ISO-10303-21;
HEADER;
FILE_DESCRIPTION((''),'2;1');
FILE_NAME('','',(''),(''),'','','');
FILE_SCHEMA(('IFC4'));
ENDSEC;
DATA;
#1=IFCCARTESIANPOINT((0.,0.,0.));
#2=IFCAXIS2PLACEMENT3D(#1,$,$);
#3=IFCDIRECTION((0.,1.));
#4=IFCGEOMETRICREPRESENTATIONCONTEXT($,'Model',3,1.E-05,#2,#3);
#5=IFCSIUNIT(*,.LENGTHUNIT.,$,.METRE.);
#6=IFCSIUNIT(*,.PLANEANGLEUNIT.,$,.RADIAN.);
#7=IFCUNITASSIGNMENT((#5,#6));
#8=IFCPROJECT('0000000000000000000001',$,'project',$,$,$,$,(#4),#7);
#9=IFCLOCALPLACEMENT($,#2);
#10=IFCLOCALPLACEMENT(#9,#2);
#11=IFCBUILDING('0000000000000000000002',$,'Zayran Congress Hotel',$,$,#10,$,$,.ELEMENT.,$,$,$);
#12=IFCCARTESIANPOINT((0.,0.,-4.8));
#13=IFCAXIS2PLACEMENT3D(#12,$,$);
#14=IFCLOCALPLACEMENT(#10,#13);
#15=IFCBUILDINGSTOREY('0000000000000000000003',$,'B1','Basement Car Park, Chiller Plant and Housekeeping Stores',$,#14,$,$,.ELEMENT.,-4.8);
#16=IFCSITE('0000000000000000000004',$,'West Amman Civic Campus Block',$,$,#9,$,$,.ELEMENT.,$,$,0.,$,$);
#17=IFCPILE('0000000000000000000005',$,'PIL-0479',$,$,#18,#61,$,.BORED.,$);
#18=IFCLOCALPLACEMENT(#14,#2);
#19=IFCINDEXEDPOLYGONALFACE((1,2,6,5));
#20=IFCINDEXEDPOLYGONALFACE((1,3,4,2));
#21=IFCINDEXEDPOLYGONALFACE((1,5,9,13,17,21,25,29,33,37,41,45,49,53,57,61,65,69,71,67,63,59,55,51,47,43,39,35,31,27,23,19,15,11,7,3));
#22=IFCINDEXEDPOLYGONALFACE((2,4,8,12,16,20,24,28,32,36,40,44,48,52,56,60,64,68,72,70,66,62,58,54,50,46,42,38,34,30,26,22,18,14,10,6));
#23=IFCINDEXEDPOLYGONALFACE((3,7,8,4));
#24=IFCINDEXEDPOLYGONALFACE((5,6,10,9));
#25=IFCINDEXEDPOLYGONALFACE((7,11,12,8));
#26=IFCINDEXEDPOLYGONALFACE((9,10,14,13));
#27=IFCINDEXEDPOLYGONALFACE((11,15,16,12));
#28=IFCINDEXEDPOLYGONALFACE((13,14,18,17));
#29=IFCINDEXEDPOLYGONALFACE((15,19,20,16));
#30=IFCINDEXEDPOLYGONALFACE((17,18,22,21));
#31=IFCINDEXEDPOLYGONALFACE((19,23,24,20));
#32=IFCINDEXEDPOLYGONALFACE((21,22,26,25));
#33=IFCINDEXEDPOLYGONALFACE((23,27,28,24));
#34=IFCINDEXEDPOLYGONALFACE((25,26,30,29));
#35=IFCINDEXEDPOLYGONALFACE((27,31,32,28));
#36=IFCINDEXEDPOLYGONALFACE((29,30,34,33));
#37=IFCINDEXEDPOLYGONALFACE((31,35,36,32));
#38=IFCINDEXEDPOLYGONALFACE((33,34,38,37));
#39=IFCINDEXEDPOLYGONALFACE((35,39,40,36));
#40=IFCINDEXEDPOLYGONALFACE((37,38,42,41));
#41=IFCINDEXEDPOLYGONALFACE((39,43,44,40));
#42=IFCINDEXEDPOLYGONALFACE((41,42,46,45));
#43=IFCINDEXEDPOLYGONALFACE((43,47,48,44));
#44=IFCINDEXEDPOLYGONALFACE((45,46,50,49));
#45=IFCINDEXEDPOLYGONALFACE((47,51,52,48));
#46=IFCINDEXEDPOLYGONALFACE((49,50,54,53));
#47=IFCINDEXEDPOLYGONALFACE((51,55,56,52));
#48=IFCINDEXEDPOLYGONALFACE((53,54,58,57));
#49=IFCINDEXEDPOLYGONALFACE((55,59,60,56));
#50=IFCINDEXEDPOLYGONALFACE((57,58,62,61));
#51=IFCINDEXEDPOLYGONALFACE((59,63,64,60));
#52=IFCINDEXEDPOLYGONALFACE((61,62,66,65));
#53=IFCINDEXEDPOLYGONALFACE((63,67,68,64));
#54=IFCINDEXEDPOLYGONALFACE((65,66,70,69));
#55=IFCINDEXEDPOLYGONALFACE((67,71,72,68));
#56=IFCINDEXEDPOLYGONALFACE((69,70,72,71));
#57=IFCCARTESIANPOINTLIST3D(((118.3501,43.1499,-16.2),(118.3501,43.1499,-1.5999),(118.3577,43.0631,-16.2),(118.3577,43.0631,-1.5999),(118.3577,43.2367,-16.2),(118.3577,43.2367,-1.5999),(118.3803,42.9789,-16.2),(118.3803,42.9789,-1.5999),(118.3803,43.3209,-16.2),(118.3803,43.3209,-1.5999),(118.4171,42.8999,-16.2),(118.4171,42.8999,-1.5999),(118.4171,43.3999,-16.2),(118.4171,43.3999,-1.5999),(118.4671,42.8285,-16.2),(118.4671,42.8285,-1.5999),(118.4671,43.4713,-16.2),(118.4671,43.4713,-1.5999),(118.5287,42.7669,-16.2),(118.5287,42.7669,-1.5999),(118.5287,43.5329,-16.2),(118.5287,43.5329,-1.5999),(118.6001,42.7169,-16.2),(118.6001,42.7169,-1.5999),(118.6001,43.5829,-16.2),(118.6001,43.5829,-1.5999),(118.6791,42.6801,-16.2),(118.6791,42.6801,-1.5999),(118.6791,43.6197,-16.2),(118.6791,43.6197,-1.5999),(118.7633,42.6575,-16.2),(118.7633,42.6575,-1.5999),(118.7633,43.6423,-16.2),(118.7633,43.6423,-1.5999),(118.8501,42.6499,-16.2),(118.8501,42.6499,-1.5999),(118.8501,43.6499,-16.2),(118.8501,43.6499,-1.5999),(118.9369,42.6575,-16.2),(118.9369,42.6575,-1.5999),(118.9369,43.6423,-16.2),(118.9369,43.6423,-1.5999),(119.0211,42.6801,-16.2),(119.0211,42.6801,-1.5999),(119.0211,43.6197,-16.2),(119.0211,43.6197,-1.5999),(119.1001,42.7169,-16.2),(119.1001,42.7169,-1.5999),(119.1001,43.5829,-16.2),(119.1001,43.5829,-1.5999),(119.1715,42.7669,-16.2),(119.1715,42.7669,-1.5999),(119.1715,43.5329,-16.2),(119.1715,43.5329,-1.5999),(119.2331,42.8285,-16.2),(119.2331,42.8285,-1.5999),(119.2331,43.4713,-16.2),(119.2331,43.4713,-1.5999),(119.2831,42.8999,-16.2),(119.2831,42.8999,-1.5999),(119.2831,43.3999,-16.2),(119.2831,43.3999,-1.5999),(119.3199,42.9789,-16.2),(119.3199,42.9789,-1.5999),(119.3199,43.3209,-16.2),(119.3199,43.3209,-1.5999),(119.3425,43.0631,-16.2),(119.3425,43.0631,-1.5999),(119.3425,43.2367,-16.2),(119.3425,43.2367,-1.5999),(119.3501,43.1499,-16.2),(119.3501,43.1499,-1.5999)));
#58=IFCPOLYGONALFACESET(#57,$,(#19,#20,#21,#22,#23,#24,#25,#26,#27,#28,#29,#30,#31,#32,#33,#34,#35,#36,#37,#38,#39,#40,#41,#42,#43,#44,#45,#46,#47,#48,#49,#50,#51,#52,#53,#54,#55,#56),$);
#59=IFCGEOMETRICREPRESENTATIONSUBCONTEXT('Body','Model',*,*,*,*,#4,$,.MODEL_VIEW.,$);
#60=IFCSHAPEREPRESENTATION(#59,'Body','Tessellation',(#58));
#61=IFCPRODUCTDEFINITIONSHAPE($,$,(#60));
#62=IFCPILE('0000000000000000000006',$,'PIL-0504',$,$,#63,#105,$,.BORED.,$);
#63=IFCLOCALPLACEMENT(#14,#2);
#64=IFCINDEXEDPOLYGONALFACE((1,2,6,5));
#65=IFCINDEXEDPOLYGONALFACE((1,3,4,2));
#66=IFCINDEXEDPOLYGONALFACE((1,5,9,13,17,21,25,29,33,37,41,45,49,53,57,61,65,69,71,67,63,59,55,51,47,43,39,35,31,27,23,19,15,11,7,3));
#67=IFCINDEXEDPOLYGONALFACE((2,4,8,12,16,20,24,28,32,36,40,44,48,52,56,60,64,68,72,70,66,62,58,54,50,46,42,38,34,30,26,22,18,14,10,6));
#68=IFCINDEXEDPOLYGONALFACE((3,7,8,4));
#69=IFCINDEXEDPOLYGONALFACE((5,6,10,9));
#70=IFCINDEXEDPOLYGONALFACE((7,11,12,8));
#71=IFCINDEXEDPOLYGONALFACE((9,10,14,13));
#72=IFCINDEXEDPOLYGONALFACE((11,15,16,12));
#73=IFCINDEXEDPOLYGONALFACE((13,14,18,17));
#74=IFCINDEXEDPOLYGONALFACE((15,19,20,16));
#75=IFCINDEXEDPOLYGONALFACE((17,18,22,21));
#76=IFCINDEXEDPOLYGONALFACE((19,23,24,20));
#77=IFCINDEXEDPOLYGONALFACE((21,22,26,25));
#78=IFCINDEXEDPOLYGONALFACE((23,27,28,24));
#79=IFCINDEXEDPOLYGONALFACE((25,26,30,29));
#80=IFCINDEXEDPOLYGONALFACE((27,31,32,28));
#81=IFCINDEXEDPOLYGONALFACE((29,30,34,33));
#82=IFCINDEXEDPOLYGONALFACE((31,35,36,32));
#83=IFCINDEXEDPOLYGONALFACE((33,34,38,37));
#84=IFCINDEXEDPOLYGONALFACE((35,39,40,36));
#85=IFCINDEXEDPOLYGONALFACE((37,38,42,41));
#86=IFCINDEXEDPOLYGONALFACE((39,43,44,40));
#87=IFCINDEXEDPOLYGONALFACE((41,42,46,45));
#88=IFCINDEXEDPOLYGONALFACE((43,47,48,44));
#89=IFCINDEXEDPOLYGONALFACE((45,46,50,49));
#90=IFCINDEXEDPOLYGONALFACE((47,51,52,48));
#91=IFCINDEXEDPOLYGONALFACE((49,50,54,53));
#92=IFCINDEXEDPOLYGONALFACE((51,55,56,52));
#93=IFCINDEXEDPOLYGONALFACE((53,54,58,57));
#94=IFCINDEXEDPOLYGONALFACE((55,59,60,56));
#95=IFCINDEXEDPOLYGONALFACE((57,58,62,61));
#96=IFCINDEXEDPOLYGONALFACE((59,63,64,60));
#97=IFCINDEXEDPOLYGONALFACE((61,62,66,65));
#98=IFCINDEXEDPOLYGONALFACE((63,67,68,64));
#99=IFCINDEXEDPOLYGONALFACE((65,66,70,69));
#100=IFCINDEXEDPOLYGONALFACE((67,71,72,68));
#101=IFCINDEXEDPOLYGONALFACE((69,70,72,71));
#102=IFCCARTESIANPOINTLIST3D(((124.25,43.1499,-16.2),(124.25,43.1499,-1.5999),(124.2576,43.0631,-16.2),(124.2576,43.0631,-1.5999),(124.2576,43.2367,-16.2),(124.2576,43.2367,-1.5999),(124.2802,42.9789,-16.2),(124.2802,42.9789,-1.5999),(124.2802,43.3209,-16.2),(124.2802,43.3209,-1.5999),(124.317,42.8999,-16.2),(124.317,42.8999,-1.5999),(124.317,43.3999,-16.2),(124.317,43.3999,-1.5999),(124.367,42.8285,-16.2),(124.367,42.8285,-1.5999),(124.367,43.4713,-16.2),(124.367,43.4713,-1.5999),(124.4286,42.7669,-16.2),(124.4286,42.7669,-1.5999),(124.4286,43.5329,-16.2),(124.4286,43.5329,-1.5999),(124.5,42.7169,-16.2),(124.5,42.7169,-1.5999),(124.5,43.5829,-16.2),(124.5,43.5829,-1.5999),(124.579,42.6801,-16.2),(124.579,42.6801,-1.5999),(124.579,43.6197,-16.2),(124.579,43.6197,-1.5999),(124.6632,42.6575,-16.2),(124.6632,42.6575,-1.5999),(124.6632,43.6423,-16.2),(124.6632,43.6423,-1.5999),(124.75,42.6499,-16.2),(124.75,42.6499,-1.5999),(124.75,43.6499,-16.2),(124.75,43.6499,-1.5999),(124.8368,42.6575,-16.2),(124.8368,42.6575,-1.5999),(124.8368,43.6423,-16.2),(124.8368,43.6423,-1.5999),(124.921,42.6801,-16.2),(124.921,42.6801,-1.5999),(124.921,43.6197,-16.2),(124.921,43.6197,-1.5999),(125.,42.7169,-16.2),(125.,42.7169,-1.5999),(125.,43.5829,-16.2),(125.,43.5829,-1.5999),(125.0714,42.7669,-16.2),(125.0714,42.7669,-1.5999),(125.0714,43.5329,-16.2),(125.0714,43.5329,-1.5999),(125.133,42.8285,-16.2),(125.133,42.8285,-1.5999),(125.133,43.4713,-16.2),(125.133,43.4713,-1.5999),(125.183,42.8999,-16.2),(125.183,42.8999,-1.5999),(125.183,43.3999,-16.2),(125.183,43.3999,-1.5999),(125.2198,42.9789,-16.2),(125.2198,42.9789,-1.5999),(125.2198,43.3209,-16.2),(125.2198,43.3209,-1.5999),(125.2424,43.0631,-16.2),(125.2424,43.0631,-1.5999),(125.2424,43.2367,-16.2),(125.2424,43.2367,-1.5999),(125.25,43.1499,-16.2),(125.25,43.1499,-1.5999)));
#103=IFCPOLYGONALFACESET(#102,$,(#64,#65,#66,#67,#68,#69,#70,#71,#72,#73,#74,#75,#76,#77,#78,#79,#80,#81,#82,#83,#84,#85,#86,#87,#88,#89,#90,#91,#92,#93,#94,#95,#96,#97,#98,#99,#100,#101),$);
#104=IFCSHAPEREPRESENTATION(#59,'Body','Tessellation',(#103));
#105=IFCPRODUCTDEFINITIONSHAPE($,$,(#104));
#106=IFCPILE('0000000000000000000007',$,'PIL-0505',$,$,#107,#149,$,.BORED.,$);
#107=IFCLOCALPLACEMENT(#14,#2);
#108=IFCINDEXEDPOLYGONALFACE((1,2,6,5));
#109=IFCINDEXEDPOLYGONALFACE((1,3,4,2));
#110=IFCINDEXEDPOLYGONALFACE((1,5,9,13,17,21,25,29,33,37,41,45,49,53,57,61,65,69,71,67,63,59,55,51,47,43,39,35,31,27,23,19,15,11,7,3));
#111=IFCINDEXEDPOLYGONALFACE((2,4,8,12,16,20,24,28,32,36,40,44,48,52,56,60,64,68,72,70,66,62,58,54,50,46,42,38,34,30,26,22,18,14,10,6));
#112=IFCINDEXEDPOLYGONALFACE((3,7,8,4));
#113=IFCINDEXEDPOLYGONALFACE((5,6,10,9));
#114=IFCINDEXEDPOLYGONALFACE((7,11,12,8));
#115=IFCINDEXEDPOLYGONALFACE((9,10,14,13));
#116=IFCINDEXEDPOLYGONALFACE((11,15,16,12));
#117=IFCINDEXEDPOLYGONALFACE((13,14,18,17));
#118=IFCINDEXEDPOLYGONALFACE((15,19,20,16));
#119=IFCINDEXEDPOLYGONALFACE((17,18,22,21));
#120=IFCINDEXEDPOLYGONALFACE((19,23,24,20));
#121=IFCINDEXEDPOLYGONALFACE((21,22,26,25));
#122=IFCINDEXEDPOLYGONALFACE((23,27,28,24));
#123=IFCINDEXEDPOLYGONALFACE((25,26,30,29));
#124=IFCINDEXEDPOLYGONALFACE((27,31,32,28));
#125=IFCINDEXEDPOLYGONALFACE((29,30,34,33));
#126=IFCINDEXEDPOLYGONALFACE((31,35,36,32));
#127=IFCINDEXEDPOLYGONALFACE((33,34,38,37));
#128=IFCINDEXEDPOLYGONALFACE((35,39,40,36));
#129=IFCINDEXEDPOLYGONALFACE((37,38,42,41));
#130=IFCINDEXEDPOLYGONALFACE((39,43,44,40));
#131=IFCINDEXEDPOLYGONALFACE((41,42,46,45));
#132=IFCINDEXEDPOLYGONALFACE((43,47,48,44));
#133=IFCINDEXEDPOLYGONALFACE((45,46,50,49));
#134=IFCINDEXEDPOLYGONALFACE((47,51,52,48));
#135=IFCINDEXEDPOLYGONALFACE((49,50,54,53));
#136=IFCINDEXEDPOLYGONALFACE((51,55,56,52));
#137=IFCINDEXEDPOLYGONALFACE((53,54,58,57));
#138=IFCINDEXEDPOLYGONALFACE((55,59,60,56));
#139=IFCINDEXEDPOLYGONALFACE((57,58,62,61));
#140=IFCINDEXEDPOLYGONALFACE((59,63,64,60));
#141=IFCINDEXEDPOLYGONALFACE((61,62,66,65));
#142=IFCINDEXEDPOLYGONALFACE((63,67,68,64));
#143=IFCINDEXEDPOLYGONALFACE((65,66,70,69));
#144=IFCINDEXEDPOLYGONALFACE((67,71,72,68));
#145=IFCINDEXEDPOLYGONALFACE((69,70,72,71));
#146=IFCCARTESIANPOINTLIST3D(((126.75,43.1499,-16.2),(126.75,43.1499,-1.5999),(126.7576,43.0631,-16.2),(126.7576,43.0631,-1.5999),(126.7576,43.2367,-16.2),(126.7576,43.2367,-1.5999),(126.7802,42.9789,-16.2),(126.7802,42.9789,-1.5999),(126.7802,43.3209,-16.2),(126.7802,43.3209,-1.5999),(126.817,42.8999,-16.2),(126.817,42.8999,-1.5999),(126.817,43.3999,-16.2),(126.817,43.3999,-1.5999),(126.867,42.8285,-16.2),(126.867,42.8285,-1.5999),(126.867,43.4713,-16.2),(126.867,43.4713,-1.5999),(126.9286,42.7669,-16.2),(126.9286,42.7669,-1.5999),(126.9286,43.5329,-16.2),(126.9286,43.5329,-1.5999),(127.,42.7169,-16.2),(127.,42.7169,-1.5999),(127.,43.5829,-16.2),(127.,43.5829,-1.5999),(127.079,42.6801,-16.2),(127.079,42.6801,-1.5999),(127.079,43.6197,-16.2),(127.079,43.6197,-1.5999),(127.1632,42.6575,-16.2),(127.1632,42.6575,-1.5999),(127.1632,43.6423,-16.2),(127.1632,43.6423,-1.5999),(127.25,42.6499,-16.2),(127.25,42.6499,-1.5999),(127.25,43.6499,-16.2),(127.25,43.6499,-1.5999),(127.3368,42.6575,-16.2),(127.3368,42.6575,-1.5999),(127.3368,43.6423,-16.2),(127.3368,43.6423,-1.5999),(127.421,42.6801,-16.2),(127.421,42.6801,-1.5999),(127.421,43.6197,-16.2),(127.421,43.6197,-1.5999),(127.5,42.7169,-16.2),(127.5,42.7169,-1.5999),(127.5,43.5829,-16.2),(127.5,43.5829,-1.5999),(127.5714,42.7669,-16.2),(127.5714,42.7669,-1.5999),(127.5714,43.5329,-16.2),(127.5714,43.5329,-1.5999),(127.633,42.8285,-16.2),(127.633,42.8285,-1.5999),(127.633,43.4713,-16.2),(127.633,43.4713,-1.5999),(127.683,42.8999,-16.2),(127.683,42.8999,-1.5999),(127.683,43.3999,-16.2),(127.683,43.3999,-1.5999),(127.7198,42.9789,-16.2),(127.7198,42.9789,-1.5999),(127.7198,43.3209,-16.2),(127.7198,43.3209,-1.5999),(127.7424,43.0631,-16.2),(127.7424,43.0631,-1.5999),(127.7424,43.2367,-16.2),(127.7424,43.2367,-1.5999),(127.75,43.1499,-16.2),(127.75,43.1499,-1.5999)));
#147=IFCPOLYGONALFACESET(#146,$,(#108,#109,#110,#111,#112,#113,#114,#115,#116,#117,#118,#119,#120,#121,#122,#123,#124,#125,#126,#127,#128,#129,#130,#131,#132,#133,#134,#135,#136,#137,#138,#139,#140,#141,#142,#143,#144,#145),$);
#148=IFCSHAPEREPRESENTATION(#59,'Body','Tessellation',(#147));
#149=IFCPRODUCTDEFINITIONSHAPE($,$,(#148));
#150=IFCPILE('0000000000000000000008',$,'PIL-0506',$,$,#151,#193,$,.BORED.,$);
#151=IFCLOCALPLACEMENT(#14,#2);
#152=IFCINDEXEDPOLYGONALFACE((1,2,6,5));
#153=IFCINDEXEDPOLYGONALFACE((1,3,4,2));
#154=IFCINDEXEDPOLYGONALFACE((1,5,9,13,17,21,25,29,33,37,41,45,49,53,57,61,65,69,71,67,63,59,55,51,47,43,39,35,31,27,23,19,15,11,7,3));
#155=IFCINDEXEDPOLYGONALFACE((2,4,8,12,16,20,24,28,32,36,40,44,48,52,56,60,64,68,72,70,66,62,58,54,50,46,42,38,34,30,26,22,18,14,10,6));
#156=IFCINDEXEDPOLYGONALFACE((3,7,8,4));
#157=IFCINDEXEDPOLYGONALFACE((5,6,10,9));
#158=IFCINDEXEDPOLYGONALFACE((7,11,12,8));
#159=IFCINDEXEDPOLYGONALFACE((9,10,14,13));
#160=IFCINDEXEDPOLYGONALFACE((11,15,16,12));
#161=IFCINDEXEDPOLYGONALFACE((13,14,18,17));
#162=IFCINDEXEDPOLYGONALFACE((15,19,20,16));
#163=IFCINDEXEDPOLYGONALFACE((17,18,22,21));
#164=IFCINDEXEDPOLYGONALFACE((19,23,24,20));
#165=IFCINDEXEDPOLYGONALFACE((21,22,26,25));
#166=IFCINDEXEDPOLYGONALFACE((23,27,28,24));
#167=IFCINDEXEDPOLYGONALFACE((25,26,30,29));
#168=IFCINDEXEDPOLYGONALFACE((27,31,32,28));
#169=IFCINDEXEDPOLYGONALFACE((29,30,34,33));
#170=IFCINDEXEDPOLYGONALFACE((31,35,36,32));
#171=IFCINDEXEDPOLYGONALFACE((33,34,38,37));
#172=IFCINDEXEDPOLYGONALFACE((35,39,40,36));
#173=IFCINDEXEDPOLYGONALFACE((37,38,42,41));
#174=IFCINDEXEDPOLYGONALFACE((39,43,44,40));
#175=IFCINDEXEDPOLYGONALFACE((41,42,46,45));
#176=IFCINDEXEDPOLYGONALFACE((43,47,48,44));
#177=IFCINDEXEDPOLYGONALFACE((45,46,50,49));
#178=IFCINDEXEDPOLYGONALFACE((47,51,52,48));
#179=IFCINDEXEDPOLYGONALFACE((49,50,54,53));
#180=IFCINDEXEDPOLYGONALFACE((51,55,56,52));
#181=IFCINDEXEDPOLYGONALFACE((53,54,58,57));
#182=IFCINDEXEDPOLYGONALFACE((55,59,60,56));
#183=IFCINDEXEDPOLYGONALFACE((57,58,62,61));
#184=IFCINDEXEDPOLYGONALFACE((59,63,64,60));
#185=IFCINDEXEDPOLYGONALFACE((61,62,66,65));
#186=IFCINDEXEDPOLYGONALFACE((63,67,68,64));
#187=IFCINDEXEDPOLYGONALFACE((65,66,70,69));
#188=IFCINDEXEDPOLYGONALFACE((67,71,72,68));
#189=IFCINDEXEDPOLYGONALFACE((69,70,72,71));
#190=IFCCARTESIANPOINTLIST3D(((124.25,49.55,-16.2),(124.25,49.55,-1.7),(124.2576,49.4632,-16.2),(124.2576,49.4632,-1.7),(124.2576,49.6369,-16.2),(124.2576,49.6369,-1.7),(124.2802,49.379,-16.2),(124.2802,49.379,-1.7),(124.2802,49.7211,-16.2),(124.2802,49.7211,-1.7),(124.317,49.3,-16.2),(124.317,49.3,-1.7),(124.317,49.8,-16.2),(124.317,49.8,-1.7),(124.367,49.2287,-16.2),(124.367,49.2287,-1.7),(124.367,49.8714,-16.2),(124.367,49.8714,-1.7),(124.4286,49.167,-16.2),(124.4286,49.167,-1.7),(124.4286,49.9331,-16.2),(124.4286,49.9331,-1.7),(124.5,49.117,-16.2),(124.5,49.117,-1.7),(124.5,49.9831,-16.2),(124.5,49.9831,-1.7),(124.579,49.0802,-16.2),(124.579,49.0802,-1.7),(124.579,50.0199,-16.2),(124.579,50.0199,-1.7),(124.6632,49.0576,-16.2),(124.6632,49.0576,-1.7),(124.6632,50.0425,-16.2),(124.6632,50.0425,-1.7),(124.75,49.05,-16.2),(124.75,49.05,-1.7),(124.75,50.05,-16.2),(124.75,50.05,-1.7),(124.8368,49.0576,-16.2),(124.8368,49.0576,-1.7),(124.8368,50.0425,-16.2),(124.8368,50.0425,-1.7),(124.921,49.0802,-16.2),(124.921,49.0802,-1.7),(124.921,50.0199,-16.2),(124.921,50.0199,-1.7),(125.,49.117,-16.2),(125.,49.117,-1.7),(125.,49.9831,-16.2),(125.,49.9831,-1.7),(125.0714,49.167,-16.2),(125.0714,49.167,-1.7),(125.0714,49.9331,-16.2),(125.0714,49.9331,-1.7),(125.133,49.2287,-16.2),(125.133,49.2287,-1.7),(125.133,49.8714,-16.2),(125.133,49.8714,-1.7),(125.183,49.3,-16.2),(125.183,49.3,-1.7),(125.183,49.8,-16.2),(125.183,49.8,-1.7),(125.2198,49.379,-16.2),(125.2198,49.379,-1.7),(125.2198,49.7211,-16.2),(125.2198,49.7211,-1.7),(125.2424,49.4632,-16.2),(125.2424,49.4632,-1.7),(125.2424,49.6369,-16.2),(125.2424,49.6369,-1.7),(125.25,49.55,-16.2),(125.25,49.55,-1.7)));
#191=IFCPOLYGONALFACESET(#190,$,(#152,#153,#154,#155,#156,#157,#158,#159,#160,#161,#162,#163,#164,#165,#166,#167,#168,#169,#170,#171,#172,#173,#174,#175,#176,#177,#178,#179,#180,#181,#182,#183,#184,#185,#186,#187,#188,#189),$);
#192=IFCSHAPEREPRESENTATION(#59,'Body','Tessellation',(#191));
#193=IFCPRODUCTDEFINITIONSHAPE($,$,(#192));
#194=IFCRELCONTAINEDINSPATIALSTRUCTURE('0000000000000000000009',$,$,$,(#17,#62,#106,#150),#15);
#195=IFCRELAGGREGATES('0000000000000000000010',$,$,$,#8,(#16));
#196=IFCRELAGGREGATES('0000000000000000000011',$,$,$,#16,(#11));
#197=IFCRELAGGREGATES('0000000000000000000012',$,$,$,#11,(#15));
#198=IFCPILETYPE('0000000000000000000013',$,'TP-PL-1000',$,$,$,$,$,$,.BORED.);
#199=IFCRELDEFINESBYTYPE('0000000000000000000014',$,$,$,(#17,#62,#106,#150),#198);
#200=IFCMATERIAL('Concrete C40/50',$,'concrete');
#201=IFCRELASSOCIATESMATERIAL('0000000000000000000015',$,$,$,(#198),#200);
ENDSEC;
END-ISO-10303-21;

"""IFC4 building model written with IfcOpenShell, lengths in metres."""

from ifc_helpers import new_model, si_unit, direction, frame, origin, origin_2d, place, context, subcontext, project, spatial, circle, extrude, material, material_profile, profile_set, type_object, element, save


model = new_model("IFC4")

# Units and contexts
model_context = context("Model", 3, precision=1e-05, world=origin(), true_north=direction((0.0, 1.0)))
body_context = subcontext(model_context, "Body", "Model", "MODEL_VIEW")
ifc_project = project(units=[si_unit("LENGTHUNIT", "METRE"), si_unit("PLANEANGLEUNIT", "RADIAN")], contexts=[model_context])

# Site, building, storey
site_placement = place(None, origin())
site = spatial("IfcSite", under=ifc_project, at=site_placement, Name="West Amman Civic Campus Block", CompositionType="ELEMENT", RefElevation=0.0)
building_placement = place(site_placement, origin())
building = spatial("IfcBuilding", under=site, at=building_placement, Name="Zayran Congress Hotel", CompositionType="ELEMENT")
storey_placement = place(building_placement, frame((0.0, 0.0, -4.8)))
storey = spatial("IfcBuildingStorey", under=building, at=storey_placement, Name="B1", Description="Basement Car Park, Chiller Plant and Housekeeping Stores", CompositionType="ELEMENT", Elevation=-4.8)

# Piles
ifc_material_1 = material(Name="Concrete C40/50", Category="concrete")
ifc_material_profile_1 = material_profile(ifc_material_1, circle(Radius=0.5, at=origin_2d()), Name="PILE D1000")
ifc_profile_set_1 = profile_set([ifc_material_profile_1], Name="Concrete C40/50")
pile_type_1 = type_object("IfcPileType", Name="TP-PL-1000", PredefinedType="BORED", material=ifc_profile_set_1)
for number, where, z_axis, x_axis, name in (
    (1, (118.8501, 43.1499, -1.5999), (0.0, 0.0, -1.0), (1.0, 0.0, 0.0), "PIL-0479"),
    (2, (124.75, 43.1499, -1.5999), (0.0, 0.0, -1.0), (1.0, 0.0, 0.0), "PIL-0504"),
    (3, (127.25, 43.1499, -1.5999), (0.0, 0.0, -1.0), (1.0, 0.0, 0.0), "PIL-0505"),
):
    element("IfcPile", number, at=place(storey_placement, frame(where, z_axis=z_axis, x_axis=x_axis)), inside=storey, type_object=pile_type_1, Name=name, PredefinedType="BORED", context=body_context, shape_type="SweptSolid", body=[
        extrude(circle(Radius=0.5, at=origin_2d()), origin(), (0.0, 0.0, 1.0), 14.6001),
    ])
for number, where, z_axis, x_axis, name in (
    (4, (124.75, 49.55, -1.7), (0.0, 0.0, -1.0), (1.0, 0.0, 0.0), "PIL-0506"),
):
    element("IfcPile", number, at=place(storey_placement, frame(where, z_axis=z_axis, x_axis=x_axis)), inside=storey, type_object=pile_type_1, Name=name, PredefinedType="BORED", context=body_context, shape_type="SweptSolid", body=[
        extrude(circle(Radius=0.5, at=origin_2d()), origin(), (0.0, 0.0, 1.0), 14.5),
    ])

save(model, "model.ifc")
